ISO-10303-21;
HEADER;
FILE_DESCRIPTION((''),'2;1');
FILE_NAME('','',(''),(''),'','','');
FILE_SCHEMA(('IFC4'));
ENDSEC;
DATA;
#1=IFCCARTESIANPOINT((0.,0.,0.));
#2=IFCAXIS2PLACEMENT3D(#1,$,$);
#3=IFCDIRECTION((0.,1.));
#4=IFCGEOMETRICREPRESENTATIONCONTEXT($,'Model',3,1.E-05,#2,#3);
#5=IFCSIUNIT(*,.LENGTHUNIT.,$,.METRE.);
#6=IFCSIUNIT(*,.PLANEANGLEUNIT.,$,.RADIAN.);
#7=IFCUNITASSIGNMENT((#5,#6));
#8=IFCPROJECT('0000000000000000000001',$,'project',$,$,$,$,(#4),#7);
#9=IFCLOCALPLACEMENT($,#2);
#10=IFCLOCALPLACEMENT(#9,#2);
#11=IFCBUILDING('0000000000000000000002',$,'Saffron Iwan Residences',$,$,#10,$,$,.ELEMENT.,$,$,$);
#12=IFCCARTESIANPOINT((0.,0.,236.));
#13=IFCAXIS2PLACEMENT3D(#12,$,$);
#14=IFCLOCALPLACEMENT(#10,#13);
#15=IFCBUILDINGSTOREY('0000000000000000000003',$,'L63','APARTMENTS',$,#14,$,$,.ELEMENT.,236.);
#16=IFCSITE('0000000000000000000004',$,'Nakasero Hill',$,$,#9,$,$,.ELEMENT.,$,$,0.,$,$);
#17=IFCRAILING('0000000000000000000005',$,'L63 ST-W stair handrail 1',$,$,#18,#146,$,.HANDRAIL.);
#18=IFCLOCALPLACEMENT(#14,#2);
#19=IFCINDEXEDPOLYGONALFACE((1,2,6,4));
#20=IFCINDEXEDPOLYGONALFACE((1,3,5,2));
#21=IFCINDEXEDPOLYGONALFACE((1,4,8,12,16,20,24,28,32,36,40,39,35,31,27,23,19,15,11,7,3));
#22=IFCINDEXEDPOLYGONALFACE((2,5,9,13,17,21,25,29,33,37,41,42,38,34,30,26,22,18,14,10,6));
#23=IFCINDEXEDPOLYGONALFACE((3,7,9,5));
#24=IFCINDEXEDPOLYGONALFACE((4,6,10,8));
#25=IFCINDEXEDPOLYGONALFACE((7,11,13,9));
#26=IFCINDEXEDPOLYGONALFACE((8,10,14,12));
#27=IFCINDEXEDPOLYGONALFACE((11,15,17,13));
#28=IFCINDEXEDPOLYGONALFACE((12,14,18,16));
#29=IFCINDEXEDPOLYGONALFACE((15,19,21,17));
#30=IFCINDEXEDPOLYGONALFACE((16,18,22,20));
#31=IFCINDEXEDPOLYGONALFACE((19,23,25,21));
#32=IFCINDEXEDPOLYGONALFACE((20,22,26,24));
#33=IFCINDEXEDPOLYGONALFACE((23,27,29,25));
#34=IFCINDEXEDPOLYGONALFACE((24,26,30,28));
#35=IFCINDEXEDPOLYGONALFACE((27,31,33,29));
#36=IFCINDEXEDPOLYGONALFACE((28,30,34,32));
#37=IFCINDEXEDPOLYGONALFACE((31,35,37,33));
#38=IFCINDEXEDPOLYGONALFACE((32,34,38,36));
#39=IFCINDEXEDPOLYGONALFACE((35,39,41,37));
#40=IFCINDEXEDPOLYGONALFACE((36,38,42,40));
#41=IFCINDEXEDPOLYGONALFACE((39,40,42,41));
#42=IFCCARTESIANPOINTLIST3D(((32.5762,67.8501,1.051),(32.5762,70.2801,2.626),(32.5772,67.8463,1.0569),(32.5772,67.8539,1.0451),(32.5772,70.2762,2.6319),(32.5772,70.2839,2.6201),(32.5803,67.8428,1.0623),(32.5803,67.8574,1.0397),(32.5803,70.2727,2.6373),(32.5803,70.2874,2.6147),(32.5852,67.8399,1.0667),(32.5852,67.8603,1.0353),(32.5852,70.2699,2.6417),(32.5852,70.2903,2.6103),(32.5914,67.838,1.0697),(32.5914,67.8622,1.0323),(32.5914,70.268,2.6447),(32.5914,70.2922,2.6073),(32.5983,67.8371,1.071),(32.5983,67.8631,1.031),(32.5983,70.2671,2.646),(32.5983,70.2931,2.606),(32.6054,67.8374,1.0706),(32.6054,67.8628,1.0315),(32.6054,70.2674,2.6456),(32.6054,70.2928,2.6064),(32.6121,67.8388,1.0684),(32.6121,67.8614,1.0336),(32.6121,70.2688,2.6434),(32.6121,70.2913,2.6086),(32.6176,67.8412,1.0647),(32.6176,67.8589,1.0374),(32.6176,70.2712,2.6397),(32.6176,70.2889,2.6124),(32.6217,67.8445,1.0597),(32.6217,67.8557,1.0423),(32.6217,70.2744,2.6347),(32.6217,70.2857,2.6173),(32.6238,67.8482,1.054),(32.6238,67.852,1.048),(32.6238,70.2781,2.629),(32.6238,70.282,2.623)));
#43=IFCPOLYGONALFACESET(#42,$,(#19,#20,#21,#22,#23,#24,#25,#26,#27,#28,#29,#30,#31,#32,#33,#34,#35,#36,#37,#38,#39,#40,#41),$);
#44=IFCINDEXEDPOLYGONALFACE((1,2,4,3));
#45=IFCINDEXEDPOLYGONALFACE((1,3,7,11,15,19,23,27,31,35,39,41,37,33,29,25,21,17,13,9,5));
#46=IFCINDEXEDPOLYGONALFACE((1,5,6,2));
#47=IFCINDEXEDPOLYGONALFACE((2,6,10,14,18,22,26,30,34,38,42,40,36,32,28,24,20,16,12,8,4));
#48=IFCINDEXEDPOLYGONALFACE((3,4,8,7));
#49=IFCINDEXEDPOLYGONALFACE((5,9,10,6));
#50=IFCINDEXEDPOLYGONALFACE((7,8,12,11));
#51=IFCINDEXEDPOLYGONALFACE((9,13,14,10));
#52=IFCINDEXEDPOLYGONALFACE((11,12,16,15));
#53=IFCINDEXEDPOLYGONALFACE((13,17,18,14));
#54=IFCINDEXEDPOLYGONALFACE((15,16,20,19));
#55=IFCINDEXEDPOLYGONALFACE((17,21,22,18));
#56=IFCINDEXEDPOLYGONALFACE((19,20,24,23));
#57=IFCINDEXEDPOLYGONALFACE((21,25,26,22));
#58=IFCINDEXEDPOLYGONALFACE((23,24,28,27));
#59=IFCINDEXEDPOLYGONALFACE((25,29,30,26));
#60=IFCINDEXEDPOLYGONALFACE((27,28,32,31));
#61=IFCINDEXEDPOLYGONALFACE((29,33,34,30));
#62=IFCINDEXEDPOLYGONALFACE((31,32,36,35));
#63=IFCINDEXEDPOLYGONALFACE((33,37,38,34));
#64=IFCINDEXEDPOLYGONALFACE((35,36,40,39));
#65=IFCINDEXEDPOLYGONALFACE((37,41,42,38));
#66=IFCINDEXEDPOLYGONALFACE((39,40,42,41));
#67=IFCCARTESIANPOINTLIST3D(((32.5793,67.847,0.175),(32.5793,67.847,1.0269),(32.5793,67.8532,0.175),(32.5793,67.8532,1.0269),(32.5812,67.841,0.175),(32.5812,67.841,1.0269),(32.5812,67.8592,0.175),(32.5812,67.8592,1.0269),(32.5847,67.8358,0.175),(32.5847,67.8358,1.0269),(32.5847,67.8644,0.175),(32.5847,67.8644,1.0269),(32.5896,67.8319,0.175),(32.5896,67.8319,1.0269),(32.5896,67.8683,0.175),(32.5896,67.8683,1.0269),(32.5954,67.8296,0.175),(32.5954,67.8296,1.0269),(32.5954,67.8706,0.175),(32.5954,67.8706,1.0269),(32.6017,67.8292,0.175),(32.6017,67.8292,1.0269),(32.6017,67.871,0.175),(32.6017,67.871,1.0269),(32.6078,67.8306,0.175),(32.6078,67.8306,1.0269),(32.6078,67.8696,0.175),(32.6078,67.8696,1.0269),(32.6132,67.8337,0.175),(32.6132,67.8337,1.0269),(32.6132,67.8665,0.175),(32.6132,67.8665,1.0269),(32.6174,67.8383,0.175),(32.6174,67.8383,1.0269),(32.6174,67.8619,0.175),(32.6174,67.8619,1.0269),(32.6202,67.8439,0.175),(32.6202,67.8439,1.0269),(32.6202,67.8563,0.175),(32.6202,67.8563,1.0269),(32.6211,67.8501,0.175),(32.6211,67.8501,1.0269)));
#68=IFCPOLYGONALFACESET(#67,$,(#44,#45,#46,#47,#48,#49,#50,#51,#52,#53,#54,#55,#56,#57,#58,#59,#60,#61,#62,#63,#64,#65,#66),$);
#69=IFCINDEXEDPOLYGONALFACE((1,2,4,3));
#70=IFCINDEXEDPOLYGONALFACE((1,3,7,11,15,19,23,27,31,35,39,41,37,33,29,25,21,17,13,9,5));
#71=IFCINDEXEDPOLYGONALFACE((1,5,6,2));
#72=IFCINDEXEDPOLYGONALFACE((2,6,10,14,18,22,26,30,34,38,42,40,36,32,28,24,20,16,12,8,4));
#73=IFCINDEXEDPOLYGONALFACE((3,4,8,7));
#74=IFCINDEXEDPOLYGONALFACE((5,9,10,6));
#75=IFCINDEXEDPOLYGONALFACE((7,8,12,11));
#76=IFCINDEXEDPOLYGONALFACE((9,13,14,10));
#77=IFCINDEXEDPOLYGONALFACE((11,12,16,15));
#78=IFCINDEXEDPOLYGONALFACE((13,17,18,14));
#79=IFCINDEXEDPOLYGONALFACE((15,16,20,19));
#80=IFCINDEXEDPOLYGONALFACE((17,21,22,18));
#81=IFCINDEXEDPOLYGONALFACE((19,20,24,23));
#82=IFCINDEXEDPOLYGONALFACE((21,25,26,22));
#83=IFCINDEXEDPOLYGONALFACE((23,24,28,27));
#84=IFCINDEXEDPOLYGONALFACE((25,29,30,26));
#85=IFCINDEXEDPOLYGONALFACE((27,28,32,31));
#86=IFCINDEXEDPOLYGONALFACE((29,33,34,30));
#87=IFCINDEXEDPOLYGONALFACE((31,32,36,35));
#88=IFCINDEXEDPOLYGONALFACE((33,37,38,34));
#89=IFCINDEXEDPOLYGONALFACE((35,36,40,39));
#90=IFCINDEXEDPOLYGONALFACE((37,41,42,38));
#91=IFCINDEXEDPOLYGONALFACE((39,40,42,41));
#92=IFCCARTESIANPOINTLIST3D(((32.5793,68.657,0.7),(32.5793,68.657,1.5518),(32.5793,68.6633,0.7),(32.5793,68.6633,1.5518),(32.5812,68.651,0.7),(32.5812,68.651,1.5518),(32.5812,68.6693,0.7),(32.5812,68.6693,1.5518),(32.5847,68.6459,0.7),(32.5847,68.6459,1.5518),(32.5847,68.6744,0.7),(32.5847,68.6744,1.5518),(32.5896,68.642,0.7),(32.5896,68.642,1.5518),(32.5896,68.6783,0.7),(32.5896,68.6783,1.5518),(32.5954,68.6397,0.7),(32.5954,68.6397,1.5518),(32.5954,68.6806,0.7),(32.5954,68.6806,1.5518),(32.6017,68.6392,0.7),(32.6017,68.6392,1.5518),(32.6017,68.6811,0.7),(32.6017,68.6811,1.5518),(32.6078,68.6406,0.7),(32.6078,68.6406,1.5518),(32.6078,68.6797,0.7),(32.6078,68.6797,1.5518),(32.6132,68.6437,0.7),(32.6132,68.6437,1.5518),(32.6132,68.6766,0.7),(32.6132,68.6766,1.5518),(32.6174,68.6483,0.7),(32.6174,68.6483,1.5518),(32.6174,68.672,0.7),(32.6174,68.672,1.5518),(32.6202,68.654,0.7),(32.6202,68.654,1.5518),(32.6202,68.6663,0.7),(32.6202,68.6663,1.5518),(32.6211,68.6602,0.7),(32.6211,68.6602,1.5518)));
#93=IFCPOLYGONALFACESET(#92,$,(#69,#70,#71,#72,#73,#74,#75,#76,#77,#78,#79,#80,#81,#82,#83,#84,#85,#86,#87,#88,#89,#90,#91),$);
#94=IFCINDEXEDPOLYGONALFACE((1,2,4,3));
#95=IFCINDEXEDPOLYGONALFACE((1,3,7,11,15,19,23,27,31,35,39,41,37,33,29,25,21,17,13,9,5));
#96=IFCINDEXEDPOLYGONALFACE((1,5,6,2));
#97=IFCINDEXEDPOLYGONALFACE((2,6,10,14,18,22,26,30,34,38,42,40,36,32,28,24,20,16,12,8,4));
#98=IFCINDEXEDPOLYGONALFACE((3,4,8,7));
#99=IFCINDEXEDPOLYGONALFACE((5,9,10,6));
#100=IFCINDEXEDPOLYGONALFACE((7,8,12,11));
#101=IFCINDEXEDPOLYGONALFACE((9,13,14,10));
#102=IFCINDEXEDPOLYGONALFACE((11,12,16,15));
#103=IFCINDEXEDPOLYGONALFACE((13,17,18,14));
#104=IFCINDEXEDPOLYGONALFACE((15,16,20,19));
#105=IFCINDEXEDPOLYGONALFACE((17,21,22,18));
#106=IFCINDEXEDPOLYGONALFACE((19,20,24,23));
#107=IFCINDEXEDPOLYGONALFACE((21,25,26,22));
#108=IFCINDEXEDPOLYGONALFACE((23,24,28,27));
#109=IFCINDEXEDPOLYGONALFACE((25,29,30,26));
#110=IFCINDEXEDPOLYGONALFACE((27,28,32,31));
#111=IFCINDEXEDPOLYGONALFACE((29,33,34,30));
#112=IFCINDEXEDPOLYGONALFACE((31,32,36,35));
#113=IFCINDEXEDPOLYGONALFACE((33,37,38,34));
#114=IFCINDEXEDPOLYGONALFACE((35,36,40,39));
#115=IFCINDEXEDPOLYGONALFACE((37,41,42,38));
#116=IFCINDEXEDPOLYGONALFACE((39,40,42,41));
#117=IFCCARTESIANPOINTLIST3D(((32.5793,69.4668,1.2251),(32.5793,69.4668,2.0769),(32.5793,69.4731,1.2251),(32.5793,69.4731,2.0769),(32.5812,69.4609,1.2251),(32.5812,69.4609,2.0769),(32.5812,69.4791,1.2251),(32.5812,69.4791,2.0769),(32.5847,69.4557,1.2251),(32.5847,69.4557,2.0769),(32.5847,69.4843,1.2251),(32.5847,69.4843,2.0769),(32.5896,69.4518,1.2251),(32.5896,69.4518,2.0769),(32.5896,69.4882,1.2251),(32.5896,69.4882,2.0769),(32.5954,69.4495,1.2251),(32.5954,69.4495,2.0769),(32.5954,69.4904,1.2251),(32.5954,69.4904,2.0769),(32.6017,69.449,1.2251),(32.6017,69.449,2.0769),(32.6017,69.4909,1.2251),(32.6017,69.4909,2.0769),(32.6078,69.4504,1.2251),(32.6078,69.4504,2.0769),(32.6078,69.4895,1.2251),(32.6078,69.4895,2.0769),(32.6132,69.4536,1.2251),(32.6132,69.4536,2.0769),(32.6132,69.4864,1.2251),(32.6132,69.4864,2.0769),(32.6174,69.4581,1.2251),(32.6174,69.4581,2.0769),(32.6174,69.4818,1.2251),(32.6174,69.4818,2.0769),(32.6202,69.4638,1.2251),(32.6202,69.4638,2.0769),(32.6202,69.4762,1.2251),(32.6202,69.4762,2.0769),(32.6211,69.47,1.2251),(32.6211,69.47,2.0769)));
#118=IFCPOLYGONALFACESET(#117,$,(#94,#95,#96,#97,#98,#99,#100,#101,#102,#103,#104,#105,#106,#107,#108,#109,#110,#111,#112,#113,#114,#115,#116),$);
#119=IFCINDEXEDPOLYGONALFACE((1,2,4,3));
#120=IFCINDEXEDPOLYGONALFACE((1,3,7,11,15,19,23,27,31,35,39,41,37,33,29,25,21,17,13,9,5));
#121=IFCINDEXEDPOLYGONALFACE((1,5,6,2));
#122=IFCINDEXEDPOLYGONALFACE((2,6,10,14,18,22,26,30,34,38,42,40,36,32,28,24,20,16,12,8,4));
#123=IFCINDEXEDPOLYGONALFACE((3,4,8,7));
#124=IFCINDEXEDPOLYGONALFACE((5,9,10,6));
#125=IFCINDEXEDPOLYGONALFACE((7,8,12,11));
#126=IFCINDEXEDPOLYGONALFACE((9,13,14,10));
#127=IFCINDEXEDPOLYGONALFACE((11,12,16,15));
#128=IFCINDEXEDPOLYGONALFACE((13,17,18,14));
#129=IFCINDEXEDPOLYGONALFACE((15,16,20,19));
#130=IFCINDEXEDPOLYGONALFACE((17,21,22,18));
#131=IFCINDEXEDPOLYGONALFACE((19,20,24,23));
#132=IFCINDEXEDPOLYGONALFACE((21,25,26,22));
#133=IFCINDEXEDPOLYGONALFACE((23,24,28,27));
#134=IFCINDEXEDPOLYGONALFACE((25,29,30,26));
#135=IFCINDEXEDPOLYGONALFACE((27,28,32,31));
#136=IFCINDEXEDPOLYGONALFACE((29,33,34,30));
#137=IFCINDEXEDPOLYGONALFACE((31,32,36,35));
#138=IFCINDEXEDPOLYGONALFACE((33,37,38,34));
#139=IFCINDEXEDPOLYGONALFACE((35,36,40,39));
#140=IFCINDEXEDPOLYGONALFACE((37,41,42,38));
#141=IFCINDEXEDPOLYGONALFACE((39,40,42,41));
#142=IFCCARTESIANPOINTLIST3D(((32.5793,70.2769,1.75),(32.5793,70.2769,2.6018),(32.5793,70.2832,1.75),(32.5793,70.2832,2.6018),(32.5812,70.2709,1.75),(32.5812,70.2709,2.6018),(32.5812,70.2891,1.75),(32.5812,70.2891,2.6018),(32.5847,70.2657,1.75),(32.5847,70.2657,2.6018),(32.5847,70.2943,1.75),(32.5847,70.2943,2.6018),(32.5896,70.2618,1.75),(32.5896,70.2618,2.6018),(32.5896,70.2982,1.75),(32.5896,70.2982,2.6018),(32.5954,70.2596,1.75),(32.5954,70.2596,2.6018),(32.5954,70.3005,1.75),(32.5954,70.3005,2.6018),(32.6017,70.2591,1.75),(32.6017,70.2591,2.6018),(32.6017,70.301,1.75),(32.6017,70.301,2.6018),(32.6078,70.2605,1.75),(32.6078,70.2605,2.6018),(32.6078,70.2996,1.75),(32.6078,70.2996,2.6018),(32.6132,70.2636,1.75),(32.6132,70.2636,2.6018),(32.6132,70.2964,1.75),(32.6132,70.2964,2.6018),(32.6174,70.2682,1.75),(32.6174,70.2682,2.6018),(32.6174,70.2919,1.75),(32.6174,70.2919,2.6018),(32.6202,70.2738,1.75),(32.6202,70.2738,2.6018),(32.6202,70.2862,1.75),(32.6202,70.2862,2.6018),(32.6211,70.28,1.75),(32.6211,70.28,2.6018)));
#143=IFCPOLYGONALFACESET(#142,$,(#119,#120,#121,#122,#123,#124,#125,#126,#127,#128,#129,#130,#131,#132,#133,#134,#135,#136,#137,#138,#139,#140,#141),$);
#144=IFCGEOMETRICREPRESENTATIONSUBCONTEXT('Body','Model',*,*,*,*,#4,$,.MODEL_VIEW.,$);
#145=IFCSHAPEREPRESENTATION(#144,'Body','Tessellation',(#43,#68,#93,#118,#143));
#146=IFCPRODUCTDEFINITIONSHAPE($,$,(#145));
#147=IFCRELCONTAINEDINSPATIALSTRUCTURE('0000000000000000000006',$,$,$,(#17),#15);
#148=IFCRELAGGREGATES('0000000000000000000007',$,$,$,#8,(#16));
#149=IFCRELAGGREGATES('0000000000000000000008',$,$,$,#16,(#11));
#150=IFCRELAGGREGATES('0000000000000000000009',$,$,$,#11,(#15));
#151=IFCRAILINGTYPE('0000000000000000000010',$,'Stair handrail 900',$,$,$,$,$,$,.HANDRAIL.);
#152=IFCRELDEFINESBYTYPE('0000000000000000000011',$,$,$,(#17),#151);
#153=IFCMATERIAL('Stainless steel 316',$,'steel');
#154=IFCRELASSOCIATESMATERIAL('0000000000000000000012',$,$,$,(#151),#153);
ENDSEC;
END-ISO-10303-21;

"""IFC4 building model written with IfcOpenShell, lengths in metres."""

from ifc_helpers import new_model, si_unit, direction, frame, origin, origin_2d, place, context, subcontext, project, spatial, circle, extrude, material, type_object, element, save


model = new_model("IFC4")

# Units and contexts
model_context = context("Model", 3, precision=1e-05, world=origin(), true_north=direction((0.0, 1.0)))
body_context = subcontext(model_context, "Body", "Model", "MODEL_VIEW")
ifc_project = project(units=[si_unit("LENGTHUNIT", "METRE"), si_unit("PLANEANGLEUNIT", "RADIAN")], contexts=[model_context])

# Site, building, storey
site_placement = place(None, origin())
site = spatial("IfcSite", under=ifc_project, at=site_placement, Name="Nakasero Hill", CompositionType="ELEMENT", RefElevation=0.0)
building_placement = place(site_placement, origin())
building = spatial("IfcBuilding", under=site, at=building_placement, Name="Saffron Iwan Residences", CompositionType="ELEMENT")
storey_placement = place(building_placement, frame((0.0, 0.0, 236.0)))
storey = spatial("IfcBuildingStorey", under=building, at=storey_placement, Name="L63", Description="APARTMENTS", CompositionType="ELEMENT", Elevation=236.0)

# Railing
ifc_material_1 = material(Name="Stainless steel 316", Category="steel")
railing_type_1 = type_object("IfcRailingType", Name="Stair handrail 900", PredefinedType="HANDRAIL", material=ifc_material_1)
railing_1_placement = place(storey_placement, frame((32.6001, 67.8501, 0.175)))
element("IfcRailing", 1, at=railing_1_placement, inside=storey, type_object=railing_type_1, Name="L63 ST-W stair handrail 1", PredefinedType="HANDRAIL", context=body_context, shape_type="SweptSolid", body=[
    extrude(circle(Radius=0.0239, at=origin_2d()), frame((0.0, 0.0, 0.876), z_axis=(0.0, 0.839154, 0.543894), x_axis=(-1.0, 0.0, 0.0)), (0.0, 0.0, 1.0), 2.8958),
    extrude(circle(Radius=0.021, at=origin_2d()), origin(), (0.0, 0.0, 1.0), 0.8518),
    extrude(circle(Radius=0.021, at=origin_2d()), frame((0.0, 0.8101, 0.5249)), (0.0, 0.0, 1.0), 0.8518),
    extrude(circle(Radius=0.021, at=origin_2d()), frame((0.0, 1.6199, 1.05)), (0.0, 0.0, 1.0), 0.8518),
    extrude(circle(Radius=0.021, at=origin_2d()), frame((0.0, 2.4299, 1.575)), (0.0, 0.0, 1.0), 0.8518),
])

save(model, "model.ifc")
